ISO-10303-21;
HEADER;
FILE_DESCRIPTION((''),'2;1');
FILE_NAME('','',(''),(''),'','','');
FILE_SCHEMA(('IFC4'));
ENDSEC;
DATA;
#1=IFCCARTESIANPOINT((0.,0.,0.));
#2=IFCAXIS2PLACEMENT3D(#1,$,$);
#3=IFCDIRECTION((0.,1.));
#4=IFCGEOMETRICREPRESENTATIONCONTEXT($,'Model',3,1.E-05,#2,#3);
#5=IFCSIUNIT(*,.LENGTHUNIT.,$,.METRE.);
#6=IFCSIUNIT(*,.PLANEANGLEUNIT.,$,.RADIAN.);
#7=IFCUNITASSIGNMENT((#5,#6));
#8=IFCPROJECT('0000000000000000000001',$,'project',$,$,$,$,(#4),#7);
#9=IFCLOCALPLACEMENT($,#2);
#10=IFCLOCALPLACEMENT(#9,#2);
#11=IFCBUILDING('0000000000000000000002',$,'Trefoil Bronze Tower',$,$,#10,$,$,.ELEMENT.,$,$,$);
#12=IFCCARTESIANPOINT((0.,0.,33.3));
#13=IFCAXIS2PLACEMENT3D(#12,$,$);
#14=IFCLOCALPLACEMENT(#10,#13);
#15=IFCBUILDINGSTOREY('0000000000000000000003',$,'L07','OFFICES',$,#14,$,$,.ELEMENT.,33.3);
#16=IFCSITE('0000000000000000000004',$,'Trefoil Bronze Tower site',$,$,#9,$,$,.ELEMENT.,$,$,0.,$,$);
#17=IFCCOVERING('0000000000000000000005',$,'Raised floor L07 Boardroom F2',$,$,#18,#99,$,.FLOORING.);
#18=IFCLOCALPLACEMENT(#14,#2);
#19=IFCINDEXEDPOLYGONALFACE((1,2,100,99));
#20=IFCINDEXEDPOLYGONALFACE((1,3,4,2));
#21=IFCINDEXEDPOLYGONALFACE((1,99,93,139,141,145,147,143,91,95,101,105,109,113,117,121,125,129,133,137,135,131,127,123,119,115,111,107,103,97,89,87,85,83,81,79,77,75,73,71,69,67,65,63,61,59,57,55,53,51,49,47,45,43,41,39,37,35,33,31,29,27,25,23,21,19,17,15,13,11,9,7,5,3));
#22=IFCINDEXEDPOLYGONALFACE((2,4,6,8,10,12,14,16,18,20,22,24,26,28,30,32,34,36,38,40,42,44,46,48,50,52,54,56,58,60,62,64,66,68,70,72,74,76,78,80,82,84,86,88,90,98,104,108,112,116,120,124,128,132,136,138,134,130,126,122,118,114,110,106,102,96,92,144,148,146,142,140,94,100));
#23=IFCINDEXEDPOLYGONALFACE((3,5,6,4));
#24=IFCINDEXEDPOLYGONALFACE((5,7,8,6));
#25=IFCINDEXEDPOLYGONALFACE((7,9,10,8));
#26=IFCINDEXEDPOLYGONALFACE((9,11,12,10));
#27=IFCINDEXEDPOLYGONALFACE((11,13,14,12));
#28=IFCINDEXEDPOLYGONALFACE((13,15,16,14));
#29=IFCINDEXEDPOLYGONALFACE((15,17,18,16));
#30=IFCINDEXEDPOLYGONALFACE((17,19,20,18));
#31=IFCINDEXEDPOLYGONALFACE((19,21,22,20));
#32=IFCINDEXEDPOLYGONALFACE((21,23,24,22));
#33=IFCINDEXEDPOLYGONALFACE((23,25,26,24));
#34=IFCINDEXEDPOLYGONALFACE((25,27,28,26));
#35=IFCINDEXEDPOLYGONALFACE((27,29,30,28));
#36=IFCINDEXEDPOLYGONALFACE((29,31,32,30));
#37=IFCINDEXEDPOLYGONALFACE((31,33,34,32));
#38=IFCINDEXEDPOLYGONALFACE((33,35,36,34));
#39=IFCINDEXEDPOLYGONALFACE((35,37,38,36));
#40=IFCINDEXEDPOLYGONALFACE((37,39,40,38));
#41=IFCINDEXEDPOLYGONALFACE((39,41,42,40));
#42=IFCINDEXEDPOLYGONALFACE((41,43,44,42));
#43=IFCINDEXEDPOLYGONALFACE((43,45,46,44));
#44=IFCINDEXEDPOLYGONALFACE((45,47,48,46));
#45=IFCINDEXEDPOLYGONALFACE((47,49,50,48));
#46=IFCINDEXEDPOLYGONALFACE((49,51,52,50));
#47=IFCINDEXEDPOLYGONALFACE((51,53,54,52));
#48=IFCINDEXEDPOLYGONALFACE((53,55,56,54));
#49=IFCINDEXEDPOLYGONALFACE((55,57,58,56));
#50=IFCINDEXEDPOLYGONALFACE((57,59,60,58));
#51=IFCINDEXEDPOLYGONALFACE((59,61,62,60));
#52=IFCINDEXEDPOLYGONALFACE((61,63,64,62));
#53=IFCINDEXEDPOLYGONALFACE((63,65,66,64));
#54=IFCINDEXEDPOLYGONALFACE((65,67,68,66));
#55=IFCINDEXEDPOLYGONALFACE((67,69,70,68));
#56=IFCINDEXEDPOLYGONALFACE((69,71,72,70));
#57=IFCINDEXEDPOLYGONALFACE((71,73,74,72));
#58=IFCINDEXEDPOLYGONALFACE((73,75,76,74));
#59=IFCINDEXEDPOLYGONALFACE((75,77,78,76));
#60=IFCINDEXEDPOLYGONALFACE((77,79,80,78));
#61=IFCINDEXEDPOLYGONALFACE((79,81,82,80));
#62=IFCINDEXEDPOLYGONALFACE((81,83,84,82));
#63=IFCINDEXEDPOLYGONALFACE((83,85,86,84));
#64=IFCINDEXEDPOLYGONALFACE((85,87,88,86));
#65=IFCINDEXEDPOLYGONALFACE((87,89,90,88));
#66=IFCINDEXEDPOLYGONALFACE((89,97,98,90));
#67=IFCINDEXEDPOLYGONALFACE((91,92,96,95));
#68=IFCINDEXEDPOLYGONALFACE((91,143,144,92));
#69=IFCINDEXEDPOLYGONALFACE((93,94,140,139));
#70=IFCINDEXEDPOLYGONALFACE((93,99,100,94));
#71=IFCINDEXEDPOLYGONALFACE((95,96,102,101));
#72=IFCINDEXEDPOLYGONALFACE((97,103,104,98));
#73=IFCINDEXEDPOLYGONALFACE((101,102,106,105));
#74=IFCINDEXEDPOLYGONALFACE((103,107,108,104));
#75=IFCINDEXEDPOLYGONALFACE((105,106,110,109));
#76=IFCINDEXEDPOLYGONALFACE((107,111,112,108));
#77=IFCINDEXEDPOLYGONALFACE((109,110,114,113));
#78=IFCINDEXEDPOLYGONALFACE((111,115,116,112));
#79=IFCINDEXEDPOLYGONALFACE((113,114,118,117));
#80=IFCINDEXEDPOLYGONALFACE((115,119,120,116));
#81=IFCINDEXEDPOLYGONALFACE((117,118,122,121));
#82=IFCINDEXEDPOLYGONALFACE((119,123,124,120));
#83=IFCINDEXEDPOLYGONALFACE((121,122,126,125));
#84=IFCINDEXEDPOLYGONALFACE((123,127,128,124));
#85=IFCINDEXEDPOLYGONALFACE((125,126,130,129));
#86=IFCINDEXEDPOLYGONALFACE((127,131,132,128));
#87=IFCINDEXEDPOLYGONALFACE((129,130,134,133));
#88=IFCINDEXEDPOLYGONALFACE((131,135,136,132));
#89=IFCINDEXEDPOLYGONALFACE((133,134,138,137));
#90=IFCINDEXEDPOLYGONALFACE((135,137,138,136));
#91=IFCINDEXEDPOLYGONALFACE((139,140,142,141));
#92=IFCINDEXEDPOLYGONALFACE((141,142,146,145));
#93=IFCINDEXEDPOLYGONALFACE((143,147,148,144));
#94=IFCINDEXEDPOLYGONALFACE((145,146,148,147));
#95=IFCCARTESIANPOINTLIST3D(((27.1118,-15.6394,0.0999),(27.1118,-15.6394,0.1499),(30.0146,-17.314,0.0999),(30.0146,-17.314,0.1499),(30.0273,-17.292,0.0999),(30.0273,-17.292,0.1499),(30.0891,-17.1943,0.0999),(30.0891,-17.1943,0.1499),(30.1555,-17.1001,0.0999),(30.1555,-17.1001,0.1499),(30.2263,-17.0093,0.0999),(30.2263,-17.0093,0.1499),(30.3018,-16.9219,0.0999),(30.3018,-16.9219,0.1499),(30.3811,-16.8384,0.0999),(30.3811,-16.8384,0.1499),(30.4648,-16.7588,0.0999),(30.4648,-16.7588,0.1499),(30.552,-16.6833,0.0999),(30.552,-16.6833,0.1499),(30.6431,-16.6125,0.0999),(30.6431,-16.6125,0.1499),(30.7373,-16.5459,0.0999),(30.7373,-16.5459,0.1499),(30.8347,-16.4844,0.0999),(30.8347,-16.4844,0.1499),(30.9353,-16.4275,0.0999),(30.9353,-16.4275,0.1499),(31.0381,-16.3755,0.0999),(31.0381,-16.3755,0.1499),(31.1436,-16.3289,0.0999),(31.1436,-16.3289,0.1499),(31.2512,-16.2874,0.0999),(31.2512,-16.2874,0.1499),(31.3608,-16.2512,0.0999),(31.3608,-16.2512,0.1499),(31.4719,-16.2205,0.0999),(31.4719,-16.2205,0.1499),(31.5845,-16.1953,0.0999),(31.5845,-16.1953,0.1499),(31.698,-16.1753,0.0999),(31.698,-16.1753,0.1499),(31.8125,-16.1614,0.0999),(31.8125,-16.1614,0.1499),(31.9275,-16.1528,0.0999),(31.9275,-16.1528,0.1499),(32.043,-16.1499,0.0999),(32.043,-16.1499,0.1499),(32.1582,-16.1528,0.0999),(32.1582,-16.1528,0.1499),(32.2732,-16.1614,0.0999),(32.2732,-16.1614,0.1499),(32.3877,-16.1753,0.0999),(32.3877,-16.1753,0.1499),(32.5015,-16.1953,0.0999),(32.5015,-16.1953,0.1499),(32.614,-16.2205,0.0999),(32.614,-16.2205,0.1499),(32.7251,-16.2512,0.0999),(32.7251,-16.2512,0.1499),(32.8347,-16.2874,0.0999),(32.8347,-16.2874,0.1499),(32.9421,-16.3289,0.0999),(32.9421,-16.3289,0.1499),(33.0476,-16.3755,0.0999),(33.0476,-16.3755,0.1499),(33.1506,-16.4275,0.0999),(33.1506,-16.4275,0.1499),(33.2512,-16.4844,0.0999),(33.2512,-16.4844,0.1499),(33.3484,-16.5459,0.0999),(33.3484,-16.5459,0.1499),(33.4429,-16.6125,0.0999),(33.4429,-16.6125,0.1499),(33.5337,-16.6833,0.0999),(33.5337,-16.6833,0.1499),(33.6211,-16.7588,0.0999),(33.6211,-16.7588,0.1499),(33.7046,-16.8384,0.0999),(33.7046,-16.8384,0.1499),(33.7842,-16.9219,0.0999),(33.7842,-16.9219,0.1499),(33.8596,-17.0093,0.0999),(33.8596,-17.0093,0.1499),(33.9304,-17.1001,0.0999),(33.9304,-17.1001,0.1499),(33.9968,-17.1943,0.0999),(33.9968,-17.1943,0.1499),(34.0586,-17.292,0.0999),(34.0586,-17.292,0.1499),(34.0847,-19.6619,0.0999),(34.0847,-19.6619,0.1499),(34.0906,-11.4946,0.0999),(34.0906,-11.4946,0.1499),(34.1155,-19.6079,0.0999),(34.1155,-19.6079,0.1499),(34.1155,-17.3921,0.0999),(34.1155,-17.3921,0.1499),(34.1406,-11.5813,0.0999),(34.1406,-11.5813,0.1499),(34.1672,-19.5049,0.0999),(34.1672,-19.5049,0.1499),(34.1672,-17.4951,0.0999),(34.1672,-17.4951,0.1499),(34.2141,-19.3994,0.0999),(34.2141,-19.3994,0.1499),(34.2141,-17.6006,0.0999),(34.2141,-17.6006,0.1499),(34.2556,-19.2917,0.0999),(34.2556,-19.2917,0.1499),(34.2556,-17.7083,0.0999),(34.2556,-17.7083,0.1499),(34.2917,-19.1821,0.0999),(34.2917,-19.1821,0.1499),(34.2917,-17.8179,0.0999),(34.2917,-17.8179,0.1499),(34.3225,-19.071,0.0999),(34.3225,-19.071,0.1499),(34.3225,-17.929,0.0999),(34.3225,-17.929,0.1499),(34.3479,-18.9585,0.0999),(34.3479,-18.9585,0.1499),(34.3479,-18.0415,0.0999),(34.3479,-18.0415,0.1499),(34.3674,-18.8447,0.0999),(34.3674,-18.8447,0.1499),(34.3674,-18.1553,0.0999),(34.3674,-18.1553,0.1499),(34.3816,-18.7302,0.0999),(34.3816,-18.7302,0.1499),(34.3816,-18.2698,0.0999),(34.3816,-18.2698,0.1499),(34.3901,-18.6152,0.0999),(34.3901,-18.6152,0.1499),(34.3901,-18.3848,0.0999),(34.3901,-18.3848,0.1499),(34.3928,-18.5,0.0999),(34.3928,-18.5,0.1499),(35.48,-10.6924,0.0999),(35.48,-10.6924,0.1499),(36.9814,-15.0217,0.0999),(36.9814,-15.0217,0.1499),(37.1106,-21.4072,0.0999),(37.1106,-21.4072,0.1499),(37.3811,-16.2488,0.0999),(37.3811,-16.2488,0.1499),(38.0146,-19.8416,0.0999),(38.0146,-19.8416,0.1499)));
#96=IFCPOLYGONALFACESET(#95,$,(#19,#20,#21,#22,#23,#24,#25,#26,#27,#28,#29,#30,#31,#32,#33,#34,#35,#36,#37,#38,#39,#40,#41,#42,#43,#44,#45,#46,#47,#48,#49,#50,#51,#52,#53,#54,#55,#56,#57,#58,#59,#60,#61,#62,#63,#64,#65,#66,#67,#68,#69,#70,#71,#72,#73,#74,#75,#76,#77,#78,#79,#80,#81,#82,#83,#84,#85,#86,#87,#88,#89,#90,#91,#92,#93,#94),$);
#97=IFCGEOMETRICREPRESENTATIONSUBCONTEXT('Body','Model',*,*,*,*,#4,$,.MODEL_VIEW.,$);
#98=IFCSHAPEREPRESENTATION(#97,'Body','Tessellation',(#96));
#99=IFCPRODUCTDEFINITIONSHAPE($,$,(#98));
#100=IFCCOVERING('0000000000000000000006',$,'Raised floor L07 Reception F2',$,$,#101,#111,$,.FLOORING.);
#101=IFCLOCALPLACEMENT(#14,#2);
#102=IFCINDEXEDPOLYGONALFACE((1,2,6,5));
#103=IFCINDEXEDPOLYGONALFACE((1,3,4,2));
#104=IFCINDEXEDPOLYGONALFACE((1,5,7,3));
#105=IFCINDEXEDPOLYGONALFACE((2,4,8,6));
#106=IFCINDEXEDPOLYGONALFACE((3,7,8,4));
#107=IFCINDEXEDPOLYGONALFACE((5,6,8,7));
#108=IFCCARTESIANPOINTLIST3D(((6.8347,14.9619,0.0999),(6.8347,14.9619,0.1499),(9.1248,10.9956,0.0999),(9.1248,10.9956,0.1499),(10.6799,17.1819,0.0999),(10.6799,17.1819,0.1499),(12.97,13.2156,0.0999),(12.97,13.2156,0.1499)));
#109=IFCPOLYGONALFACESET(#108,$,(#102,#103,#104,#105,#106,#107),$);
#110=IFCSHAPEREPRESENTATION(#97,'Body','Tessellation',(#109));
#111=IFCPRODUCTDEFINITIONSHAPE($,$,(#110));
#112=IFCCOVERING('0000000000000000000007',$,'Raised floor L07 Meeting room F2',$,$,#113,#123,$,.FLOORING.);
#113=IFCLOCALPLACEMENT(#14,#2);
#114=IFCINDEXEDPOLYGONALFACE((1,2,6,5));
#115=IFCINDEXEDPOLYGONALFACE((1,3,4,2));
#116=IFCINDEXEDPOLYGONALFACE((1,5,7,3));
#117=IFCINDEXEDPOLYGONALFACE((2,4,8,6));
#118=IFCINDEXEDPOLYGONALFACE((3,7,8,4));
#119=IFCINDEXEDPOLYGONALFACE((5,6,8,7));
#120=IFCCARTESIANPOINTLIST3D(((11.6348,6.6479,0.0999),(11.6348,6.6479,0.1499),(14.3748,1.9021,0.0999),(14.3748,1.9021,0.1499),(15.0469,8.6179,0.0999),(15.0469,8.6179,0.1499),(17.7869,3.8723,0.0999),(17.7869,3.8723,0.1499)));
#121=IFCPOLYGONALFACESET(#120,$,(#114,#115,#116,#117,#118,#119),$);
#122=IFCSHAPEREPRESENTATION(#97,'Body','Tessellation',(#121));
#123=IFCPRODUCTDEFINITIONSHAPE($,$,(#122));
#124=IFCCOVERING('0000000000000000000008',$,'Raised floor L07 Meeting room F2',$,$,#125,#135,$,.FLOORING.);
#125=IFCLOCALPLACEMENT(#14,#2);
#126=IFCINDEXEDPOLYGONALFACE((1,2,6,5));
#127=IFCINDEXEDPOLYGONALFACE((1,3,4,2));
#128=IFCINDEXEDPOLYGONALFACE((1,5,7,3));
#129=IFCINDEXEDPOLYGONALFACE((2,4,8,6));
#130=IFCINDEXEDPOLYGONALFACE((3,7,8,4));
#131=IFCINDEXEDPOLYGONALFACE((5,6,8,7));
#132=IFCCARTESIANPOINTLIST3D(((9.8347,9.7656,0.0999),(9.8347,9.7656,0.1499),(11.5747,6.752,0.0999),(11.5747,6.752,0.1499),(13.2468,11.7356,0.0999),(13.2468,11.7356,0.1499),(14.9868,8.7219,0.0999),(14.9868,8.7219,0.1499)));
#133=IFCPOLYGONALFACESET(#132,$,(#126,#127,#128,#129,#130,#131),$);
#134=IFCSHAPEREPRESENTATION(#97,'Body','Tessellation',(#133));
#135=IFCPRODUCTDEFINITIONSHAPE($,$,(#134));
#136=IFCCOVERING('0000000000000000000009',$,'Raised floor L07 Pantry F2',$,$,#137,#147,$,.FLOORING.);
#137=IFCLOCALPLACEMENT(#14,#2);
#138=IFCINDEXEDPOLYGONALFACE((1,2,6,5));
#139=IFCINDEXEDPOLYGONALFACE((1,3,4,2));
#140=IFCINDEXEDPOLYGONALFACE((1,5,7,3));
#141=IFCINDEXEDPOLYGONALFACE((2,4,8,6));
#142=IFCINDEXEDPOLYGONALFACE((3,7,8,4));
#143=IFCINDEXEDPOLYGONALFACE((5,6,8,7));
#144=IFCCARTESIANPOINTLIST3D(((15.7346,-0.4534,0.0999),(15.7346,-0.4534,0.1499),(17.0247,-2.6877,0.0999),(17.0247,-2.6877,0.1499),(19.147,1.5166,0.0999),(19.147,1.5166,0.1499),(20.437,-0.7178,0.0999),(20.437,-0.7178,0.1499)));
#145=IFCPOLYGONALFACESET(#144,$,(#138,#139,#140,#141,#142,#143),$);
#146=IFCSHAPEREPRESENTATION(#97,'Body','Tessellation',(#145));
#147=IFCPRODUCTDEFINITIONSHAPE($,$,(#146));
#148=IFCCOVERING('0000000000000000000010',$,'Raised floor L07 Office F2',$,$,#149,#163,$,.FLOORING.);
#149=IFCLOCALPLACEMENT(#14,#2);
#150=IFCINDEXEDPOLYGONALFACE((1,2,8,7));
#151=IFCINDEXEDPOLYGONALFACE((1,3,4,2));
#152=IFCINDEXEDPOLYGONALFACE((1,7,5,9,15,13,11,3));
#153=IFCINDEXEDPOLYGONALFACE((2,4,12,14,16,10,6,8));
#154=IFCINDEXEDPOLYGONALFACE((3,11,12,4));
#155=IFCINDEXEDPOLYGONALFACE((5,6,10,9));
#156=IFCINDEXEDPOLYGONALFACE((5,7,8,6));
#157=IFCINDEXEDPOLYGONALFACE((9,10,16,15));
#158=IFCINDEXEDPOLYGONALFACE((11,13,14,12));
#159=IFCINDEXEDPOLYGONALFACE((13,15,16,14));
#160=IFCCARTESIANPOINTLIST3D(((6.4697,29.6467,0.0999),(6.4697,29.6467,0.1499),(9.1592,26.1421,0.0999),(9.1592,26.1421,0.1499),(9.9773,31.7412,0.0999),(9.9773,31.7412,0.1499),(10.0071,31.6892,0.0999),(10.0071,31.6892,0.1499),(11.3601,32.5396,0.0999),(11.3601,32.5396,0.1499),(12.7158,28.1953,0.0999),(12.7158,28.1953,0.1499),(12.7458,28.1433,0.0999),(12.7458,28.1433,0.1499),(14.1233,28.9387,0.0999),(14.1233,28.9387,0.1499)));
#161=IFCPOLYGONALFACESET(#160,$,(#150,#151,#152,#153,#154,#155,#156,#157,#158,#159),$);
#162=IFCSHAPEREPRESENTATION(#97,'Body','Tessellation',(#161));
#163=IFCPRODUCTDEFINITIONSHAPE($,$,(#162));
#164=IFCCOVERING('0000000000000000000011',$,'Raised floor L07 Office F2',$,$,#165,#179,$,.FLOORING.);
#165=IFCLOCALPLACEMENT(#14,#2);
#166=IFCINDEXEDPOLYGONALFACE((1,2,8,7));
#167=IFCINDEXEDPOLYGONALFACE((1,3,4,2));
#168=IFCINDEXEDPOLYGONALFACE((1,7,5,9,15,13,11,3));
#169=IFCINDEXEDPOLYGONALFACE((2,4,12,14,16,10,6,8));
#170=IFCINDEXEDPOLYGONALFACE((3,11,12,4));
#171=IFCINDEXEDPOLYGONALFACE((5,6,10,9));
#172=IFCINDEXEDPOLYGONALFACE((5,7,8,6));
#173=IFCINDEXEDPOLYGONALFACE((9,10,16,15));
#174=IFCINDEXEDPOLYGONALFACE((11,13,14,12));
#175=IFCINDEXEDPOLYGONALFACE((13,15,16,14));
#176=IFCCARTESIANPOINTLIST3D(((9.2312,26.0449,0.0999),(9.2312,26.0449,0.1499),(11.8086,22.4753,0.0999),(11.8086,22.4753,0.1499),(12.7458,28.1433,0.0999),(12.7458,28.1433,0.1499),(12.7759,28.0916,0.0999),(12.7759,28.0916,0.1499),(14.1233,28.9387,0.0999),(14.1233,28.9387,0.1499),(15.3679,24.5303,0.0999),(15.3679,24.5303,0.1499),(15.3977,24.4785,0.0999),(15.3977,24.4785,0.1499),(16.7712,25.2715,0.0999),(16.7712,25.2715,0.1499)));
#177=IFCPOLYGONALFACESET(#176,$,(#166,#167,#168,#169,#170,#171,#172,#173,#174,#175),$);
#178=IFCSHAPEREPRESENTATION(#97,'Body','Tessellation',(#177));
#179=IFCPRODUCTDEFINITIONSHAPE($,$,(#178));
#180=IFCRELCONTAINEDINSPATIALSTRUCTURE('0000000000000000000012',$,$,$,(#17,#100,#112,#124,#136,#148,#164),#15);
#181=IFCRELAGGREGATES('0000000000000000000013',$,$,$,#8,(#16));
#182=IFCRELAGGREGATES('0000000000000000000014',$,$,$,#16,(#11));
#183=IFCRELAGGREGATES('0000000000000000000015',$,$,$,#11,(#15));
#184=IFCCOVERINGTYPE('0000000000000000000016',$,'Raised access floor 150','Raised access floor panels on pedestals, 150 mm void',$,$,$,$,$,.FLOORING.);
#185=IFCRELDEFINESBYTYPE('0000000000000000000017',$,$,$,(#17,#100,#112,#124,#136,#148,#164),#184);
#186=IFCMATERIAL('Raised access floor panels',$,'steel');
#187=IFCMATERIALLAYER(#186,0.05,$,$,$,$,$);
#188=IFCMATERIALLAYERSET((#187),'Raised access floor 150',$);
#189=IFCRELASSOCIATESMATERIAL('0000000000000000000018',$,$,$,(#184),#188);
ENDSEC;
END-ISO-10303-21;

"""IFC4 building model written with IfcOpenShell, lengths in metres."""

from ifc_helpers import new_model, si_unit, direction, frame, origin, place, context, subcontext, project, spatial, polyline, outline, extrude, material, layer, layer_set, type_object, element, save


model = new_model("IFC4")

# Units and contexts
model_context = context("Model", 3, precision=1e-05, world=origin(), true_north=direction((0.0, 1.0)))
body_context = subcontext(model_context, "Body", "Model", "MODEL_VIEW")
ifc_project = project(units=[si_unit("LENGTHUNIT", "METRE"), si_unit("PLANEANGLEUNIT", "RADIAN")], contexts=[model_context])

# Site, building, storey
site_placement = place(None, origin())
site = spatial("IfcSite", under=ifc_project, at=site_placement, Name="Trefoil Bronze Tower site", CompositionType="ELEMENT", RefElevation=0.0)
building_placement = place(site_placement, origin())
building = spatial("IfcBuilding", under=site, at=building_placement, Name="Trefoil Bronze Tower", CompositionType="ELEMENT")
storey_placement = place(building_placement, frame((0.0, 0.0, 33.3)))
storey = spatial("IfcBuildingStorey", under=building, at=storey_placement, Name="L07", Description="OFFICES", CompositionType="ELEMENT", Elevation=33.3)

# Coverings
ifc_material_1 = material(Name="Raised access floor panels", Category="steel")
ifc_layer_1 = layer(ifc_material_1, 0.05)
ifc_layer_set_1 = layer_set([ifc_layer_1], Name="Raised access floor 150")
covering_type_1 = type_object("IfcCoveringType", Name="Raised access floor 150", Description="Raised access floor panels on pedestals, 150 mm void", PredefinedType="FLOORING", material=ifc_layer_set_1)
covering_1_placement = place(storey_placement, frame((0.0, 0.0, 0.0999)))
element("IfcCovering", 1, at=covering_1_placement, inside=storey, type_object=covering_type_1, Name="Raised floor L07 Boardroom F2", PredefinedType="FLOORING", context=body_context, shape_type="SweptSolid", body=[
    extrude(outline(polyline([(30.0146, -17.314), (27.1118, -15.6394), (34.1406, -11.5813), (34.0906, -11.4946), (35.48, -10.6924), (36.9814, -15.0217), (37.3811, -16.2488), (38.0146, -19.8416), (37.1106, -21.4072), (34.0847, -19.6619), (34.1155, -19.6079), (34.1672, -19.5049), (34.2141, -19.3994), (34.2556, -19.2917), (34.2917, -19.1821), (34.3225, -19.071), (34.3479, -18.9585), (34.3674, -18.8447), (34.3816, -18.7302), (34.3901, -18.6152), (34.3928, -18.5), (34.3901, -18.3848), (34.3816, -18.2698), (34.3674, -18.1553), (34.3479, -18.0415), (34.3225, -17.929), (34.2917, -17.8179), (34.2556, -17.7083), (34.2141, -17.6006), (34.1672, -17.4951), (34.1155, -17.3921), (34.0586, -17.292), (33.9968, -17.1943), (33.9304, -17.1001), (33.8596, -17.0093), (33.7842, -16.9219), (33.7046, -16.8384), (33.6211, -16.7588), (33.5337, -16.6833), (33.4429, -16.6125), (33.3484, -16.5459), (33.2512, -16.4844), (33.1506, -16.4275), (33.0476, -16.3755), (32.9421, -16.3289), (32.8347, -16.2874), (32.7251, -16.2512), (32.614, -16.2205), (32.5015, -16.1953), (32.3877, -16.1753), (32.2732, -16.1614), (32.1582, -16.1528), (32.043, -16.1499), (31.9275, -16.1528), (31.8125, -16.1614), (31.698, -16.1753), (31.5845, -16.1953), (31.4719, -16.2205), (31.3608, -16.2512), (31.2512, -16.2874), (31.1436, -16.3289), (31.0381, -16.3755), (30.9353, -16.4275), (30.8347, -16.4844), (30.7373, -16.5459), (30.6431, -16.6125), (30.552, -16.6833), (30.4648, -16.7588), (30.3811, -16.8384), (30.3018, -16.9219), (30.2263, -17.0093), (30.1555, -17.1001), (30.0891, -17.1943), (30.0273, -17.292), (30.0146, -17.314)])), origin(), (0.0, 0.0, 1.0), 0.05),
])
covering_2_placement = place(storey_placement, frame((0.0, 0.0, 0.0999)))
element("IfcCovering", 2, at=covering_2_placement, inside=storey, type_object=covering_type_1, Name="Raised floor L07 Reception F2", PredefinedType="FLOORING", context=body_context, shape_type="SweptSolid", body=[
    extrude(outline(polyline([(6.8347, 14.9619), (10.6799, 17.1819), (12.97, 13.2156), (9.1248, 10.9956), (6.8347, 14.9619)])), origin(), (0.0, 0.0, 1.0), 0.05),
])
covering_3_placement = place(storey_placement, frame((0.0, 0.0, 0.0999)))
element("IfcCovering", 3, at=covering_3_placement, inside=storey, type_object=covering_type_1, Name="Raised floor L07 Meeting room F2", PredefinedType="FLOORING", context=body_context, shape_type="SweptSolid", body=[
    extrude(outline(polyline([(11.6348, 6.6479), (15.0469, 8.6179), (17.7869, 3.8723), (14.3748, 1.9021), (11.6348, 6.6479)])), origin(), (0.0, 0.0, 1.0), 0.05),
])
covering_4_placement = place(storey_placement, frame((0.0, 0.0, 0.0999)))
element("IfcCovering", 4, at=covering_4_placement, inside=storey, type_object=covering_type_1, Name="Raised floor L07 Meeting room F2", PredefinedType="FLOORING", context=body_context, shape_type="SweptSolid", body=[
    extrude(outline(polyline([(9.8347, 9.7656), (13.2468, 11.7356), (14.9868, 8.7219), (11.5747, 6.752), (9.8347, 9.7656)])), origin(), (0.0, 0.0, 1.0), 0.05),
])
covering_5_placement = place(storey_placement, frame((0.0, 0.0, 0.0999)))
element("IfcCovering", 5, at=covering_5_placement, inside=storey, type_object=covering_type_1, Name="Raised floor L07 Pantry F2", PredefinedType="FLOORING", context=body_context, shape_type="SweptSolid", body=[
    extrude(outline(polyline([(15.7346, -0.4534), (19.147, 1.5166), (20.437, -0.7178), (17.0247, -2.6877), (15.7346, -0.4534)])), origin(), (0.0, 0.0, 1.0), 0.05),
])
covering_6_placement = place(storey_placement, frame((0.0, 0.0, 0.0999)))
element("IfcCovering", 6, at=covering_6_placement, inside=storey, type_object=covering_type_1, Name="Raised floor L07 Office F2", PredefinedType="FLOORING", context=body_context, shape_type="SweptSolid", body=[
    extrude(outline(polyline([(11.3601, 32.5396), (14.1233, 28.9387), (12.7458, 28.1433), (12.7158, 28.1953), (9.1592, 26.1421), (6.4697, 29.6467), (10.0071, 31.6892), (9.9773, 31.7412), (11.3601, 32.5396)])), origin(), (0.0, 0.0, 1.0), 0.05),
])
covering_7_placement = place(storey_placement, frame((0.0, 0.0, 0.0999)))
element("IfcCovering", 7, at=covering_7_placement, inside=storey, type_object=covering_type_1, Name="Raised floor L07 Office F2", PredefinedType="FLOORING", context=body_context, shape_type="SweptSolid", body=[
    extrude(outline(polyline([(16.7712, 25.2715), (15.3977, 24.4785), (15.3679, 24.5303), (11.8086, 22.4753), (9.2312, 26.0449), (12.7759, 28.0916), (12.7458, 28.1433), (14.1233, 28.9387), (16.7712, 25.2715)])), origin(), (0.0, 0.0, 1.0), 0.05),
])

save(model, "model.ifc")
